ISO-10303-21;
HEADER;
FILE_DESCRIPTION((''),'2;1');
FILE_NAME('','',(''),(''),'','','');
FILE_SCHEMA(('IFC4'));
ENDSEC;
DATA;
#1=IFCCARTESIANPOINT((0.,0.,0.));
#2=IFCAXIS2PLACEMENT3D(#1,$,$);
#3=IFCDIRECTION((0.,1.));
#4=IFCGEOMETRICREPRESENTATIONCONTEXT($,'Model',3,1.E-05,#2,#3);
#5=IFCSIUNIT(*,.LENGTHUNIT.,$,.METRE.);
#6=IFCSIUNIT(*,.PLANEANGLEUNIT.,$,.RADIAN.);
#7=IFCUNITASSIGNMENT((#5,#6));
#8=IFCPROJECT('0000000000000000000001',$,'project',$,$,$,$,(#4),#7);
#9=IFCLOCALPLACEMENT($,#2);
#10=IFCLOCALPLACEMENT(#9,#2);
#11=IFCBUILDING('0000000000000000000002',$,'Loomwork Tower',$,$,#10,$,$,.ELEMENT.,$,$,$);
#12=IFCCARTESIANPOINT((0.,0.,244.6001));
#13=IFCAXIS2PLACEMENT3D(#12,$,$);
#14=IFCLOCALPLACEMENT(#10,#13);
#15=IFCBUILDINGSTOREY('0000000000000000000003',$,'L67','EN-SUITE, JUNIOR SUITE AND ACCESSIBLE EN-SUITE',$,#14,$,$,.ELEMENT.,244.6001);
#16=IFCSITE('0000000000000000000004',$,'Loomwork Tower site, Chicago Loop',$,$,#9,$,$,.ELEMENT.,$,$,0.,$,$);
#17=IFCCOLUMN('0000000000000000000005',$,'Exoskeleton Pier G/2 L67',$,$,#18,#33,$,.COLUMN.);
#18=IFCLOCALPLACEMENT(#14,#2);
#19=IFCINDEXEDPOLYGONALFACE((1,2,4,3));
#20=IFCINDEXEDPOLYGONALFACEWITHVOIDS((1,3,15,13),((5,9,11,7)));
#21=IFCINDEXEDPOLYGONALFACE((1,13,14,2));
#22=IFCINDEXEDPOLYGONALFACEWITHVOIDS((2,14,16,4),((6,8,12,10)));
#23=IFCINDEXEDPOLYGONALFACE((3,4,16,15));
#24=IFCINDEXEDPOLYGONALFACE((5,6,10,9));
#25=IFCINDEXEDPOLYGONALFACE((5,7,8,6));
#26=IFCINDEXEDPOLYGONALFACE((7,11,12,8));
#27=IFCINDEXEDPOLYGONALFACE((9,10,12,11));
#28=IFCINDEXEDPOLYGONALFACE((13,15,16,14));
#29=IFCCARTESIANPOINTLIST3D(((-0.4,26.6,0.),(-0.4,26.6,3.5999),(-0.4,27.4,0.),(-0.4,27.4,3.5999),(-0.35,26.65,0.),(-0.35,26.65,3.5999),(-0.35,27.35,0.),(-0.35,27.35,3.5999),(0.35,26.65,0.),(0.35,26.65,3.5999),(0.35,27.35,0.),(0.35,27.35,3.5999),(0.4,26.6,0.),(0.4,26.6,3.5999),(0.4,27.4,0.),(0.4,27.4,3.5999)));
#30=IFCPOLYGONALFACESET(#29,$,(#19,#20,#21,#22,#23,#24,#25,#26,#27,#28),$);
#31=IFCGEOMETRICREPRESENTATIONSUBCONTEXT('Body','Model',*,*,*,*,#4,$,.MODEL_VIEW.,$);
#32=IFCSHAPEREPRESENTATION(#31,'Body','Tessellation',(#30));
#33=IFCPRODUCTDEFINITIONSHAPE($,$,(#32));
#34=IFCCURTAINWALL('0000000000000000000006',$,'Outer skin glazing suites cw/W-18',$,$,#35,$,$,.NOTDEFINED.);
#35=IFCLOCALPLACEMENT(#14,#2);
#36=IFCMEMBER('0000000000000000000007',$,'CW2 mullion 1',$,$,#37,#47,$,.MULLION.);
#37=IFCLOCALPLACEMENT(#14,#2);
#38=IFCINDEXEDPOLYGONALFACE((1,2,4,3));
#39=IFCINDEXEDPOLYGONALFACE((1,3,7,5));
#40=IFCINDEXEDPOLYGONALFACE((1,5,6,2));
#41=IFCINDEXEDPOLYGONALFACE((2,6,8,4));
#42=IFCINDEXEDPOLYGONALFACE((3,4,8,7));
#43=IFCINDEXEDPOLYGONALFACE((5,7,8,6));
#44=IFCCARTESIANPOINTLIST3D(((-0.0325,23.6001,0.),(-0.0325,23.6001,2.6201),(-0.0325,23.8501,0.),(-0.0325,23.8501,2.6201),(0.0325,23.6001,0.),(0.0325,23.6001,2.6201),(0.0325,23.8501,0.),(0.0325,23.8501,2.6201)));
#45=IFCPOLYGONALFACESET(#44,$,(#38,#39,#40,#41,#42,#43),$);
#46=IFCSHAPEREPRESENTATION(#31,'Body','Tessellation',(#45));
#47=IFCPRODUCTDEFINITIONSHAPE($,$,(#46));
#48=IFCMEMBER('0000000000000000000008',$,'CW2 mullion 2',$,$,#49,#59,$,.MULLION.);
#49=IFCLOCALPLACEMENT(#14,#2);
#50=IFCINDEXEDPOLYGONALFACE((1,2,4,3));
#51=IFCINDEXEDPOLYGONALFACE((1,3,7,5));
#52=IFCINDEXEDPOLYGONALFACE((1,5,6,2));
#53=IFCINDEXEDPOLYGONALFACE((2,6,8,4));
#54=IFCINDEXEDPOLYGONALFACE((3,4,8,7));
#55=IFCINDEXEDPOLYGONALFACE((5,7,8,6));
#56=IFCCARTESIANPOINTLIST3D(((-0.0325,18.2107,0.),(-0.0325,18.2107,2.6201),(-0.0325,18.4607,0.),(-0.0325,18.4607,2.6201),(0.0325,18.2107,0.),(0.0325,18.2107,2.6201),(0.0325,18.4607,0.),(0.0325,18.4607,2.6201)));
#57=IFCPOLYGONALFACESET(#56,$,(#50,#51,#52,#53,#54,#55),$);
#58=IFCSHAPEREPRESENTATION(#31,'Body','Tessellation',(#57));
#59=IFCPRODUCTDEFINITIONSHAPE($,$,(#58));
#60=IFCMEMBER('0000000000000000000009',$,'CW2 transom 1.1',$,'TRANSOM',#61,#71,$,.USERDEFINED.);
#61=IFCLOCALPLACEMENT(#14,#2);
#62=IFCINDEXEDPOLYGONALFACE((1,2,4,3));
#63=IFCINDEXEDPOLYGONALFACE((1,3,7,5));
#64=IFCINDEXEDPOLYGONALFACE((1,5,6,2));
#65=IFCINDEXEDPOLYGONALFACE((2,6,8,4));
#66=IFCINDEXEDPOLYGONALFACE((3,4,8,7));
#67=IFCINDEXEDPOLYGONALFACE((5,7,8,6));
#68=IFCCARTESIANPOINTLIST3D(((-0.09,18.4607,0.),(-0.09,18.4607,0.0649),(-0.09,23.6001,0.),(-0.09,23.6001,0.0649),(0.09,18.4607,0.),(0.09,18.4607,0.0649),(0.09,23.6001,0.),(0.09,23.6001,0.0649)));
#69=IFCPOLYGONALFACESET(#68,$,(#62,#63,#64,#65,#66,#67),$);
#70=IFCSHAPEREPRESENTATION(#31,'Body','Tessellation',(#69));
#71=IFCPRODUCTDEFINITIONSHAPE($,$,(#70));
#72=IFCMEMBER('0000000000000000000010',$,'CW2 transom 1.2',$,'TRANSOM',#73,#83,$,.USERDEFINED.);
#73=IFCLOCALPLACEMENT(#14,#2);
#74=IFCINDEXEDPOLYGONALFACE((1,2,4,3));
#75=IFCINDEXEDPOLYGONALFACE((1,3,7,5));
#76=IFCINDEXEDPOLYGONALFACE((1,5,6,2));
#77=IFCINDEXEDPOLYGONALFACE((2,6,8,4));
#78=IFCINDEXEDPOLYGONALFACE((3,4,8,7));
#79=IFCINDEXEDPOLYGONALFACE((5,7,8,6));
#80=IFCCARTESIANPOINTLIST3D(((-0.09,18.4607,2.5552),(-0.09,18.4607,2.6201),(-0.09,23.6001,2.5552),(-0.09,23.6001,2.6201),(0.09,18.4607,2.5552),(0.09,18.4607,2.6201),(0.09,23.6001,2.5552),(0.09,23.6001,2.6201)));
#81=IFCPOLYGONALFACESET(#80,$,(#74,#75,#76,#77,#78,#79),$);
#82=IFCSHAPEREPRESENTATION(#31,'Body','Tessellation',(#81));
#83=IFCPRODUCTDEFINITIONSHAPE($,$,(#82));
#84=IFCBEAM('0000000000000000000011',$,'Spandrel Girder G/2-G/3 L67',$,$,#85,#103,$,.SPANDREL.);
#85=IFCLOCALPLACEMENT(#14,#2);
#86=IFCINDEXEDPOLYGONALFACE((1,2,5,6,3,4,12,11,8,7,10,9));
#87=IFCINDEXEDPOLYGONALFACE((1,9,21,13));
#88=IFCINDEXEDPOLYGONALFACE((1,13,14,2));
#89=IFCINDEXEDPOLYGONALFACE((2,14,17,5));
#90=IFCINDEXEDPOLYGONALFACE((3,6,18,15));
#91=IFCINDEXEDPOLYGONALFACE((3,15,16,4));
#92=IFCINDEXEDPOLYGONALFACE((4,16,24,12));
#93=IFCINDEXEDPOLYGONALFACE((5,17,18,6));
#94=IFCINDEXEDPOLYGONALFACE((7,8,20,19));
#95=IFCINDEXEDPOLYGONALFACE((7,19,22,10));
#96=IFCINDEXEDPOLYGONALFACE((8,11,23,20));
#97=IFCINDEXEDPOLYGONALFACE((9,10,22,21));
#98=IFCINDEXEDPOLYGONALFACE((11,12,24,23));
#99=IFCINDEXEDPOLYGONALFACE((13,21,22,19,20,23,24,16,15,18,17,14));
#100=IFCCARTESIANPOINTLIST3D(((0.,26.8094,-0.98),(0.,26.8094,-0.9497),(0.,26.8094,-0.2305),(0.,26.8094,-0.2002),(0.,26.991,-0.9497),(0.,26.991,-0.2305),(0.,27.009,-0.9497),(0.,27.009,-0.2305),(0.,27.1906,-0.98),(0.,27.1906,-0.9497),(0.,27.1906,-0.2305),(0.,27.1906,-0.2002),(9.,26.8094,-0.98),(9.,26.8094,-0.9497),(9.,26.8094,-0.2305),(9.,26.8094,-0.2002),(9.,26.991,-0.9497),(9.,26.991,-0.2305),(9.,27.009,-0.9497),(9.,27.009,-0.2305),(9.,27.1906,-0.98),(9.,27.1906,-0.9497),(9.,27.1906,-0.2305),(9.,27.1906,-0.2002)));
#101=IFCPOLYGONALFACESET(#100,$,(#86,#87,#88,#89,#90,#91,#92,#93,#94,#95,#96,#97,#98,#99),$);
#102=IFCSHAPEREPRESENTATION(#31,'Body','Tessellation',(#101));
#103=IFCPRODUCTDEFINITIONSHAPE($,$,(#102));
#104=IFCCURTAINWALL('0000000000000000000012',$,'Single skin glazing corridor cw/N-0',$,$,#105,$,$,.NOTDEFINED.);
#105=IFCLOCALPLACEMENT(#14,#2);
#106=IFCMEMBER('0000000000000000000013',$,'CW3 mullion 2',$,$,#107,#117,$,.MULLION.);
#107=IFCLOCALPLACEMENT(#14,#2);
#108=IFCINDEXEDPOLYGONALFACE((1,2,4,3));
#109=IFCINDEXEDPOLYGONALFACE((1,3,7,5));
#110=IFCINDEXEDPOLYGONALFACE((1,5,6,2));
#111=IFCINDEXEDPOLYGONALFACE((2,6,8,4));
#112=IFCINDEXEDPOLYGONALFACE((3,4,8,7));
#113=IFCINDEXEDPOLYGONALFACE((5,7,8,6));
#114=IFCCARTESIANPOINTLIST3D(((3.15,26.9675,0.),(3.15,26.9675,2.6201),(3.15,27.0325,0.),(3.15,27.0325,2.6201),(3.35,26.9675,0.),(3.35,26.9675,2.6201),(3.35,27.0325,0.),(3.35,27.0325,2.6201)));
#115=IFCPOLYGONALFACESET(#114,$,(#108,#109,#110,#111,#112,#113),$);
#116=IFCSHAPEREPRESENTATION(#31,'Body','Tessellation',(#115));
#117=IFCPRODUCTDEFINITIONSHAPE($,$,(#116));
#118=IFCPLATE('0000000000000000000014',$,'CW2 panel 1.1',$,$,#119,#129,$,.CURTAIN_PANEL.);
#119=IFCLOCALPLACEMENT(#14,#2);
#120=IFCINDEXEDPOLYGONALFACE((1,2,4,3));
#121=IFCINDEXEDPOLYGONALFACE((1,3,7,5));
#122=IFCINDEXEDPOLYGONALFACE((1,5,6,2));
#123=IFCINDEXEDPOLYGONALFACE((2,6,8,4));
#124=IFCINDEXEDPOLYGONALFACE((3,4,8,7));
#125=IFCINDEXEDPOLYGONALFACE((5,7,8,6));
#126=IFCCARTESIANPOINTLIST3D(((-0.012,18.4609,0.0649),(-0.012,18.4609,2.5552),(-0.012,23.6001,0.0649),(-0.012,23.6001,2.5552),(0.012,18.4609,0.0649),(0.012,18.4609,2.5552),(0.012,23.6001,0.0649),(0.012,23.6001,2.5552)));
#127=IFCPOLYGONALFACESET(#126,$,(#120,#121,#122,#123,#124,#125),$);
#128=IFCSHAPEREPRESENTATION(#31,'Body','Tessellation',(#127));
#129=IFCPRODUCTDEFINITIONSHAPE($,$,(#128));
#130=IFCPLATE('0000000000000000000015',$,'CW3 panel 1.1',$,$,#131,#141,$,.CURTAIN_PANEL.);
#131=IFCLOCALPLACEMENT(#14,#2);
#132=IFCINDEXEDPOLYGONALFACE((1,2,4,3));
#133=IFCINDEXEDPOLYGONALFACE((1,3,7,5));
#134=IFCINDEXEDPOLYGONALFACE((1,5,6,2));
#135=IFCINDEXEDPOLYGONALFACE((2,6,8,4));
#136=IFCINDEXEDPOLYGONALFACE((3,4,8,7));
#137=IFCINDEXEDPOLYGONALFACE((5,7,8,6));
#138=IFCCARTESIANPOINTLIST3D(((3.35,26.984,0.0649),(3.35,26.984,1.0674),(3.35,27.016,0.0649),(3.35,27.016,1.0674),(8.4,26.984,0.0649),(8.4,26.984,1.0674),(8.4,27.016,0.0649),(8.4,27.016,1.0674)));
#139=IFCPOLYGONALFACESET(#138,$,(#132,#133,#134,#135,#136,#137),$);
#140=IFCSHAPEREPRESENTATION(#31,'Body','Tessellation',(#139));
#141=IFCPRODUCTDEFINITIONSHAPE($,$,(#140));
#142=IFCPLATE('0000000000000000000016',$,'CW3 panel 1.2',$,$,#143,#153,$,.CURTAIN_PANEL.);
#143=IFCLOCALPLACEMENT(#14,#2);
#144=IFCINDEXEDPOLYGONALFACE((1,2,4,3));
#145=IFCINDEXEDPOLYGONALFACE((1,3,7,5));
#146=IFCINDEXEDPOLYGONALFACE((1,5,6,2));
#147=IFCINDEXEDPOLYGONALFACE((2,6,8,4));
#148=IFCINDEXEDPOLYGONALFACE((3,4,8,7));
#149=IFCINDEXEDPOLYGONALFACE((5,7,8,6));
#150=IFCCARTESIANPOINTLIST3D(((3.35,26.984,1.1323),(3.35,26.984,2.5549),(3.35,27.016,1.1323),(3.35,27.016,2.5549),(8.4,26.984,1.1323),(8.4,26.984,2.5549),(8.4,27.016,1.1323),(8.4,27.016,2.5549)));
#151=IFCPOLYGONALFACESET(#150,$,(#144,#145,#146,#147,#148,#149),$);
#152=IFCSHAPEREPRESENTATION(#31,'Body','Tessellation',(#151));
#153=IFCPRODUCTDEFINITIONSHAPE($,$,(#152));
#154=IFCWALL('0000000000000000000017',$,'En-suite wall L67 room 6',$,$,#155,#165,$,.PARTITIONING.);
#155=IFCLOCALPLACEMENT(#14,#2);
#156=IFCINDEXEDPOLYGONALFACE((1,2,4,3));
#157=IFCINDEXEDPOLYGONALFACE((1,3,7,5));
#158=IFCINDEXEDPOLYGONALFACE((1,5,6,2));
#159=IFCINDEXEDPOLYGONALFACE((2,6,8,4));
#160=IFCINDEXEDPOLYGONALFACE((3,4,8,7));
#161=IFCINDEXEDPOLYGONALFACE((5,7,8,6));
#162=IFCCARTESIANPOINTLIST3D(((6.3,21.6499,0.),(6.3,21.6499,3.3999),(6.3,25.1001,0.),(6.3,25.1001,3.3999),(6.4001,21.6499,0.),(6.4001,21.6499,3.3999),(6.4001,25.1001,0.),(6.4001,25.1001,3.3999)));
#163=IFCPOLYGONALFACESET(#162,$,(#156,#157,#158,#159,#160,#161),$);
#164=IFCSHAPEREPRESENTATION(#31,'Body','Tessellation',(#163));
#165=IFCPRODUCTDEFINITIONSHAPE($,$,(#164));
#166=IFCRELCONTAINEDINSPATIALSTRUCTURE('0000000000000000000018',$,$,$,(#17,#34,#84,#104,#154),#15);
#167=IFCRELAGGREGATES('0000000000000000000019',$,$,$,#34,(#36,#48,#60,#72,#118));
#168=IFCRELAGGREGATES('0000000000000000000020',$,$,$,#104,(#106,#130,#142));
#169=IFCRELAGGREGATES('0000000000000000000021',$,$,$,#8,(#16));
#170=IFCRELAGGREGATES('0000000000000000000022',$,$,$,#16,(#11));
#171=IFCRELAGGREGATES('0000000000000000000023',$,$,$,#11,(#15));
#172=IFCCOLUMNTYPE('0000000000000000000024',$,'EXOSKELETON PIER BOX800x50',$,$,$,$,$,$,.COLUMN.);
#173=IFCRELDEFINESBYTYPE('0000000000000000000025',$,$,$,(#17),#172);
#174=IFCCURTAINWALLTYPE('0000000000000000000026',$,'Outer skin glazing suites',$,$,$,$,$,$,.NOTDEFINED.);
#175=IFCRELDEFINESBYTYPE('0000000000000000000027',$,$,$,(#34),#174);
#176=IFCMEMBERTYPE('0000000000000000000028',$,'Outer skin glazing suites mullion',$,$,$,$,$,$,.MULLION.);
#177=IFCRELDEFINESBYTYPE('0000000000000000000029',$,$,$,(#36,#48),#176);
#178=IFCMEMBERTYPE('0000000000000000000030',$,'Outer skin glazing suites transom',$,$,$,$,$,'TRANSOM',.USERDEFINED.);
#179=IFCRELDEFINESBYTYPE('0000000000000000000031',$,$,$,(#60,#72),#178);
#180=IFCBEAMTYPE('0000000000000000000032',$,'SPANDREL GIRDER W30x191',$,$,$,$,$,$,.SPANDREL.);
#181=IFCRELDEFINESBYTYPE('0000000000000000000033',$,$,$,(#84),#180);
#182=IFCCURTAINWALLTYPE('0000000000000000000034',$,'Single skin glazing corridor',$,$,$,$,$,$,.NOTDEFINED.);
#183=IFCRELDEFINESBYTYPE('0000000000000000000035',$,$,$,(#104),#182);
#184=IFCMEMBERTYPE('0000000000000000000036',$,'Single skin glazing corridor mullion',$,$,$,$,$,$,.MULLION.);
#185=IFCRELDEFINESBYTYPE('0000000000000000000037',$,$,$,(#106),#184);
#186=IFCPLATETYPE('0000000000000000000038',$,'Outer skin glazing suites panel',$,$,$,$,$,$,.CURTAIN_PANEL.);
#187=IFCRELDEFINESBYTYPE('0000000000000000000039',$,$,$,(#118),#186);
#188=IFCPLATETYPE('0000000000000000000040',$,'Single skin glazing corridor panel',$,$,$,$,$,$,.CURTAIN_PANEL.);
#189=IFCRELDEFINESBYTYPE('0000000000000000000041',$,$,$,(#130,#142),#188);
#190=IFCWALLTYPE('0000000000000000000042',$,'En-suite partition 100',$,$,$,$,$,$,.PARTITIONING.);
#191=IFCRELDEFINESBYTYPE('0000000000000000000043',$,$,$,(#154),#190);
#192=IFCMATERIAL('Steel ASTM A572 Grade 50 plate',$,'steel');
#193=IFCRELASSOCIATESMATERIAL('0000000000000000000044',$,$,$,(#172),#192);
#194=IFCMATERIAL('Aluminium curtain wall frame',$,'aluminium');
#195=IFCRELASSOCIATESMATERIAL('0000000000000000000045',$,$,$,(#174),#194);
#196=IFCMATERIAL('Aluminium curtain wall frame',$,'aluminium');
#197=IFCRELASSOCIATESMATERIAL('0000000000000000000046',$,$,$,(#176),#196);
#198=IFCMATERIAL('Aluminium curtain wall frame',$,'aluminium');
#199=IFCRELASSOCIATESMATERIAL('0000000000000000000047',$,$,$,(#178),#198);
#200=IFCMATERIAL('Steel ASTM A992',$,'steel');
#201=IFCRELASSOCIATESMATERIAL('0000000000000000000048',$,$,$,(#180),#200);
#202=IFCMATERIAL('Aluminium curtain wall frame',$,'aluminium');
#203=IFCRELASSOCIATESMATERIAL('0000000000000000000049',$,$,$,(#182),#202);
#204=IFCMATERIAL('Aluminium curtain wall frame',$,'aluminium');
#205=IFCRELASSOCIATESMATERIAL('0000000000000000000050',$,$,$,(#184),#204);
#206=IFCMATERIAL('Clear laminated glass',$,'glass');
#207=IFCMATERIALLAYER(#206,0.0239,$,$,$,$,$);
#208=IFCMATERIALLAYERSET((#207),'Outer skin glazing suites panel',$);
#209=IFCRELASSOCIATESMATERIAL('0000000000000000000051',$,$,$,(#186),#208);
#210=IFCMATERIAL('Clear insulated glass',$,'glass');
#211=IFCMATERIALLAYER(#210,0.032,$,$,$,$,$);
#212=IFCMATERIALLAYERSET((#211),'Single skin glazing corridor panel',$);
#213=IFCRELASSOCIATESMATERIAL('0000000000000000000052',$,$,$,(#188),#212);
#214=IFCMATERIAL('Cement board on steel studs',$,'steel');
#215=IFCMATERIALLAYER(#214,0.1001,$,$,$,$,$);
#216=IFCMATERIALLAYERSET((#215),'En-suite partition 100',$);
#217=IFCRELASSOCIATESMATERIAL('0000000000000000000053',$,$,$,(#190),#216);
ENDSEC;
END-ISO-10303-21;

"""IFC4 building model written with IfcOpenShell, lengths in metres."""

from ifc_helpers import new_model, si_unit, direction, frame, frame_2d, origin, origin_2d, place, context, subcontext, project, spatial, rectangle, hollow_rectangle, i_section, extrude, material, layer, layer_set, material_profile, profile_set, type_object, element, aggregate, save


model = new_model("IFC4")

# Units and contexts
model_context = context("Model", 3, precision=1e-05, world=origin(), true_north=direction((0.0, 1.0)))
body_context = subcontext(model_context, "Body", "Model", "MODEL_VIEW")
ifc_project = project(units=[si_unit("LENGTHUNIT", "METRE"), si_unit("PLANEANGLEUNIT", "RADIAN")], contexts=[model_context])

# Site, building, storey
site_placement = place(None, origin())
site = spatial("IfcSite", under=ifc_project, at=site_placement, Name="Loomwork Tower site, Chicago Loop", CompositionType="ELEMENT", RefElevation=0.0)
building_placement = place(site_placement, origin())
building = spatial("IfcBuilding", under=site, at=building_placement, Name="Loomwork Tower", CompositionType="ELEMENT")
storey_placement = place(building_placement, frame((0.0, 0.0, 244.6001)))
storey = spatial("IfcBuildingStorey", under=building, at=storey_placement, Name="L67", Description="EN-SUITE, JUNIOR SUITE AND ACCESSIBLE EN-SUITE", CompositionType="ELEMENT", Elevation=244.6001)

# Column
ifc_material_1 = material(Name="Steel ASTM A572 Grade 50 plate", Category="steel")
ifc_material_profile_1 = material_profile(ifc_material_1, hollow_rectangle(XDim=0.8, YDim=0.8, WallThickness=0.05, at=origin_2d()), Name="BOX800x50")
ifc_profile_set_1 = profile_set([ifc_material_profile_1], Name="Steel ASTM A572 Grade 50 plate")
column_type = type_object("IfcColumnType", Name="EXOSKELETON PIER BOX800x50", PredefinedType="COLUMN", material=ifc_profile_set_1)
column_placement = place(storey_placement, frame((0.0, 27.0, 0.0), z_axis=(0.0, 0.0, 1.0), x_axis=(0.0, 1.0, 0.0)))
element("IfcColumn", 1, at=column_placement, inside=storey, type_object=column_type, Name="Exoskeleton Pier G/2 L67", PredefinedType="COLUMN", context=body_context, shape_type="SweptSolid", body=[
    extrude(hollow_rectangle(XDim=0.8, YDim=0.8, WallThickness=0.05, at=origin_2d()), origin(), (0.0, 0.0, 1.0), 3.5999),
])

# Curtain wall, members
ifc_material_2 = material(Name="Aluminium curtain wall frame", Category="aluminium")
curtain_wall_type_1 = type_object("IfcCurtainWallType", Name="Outer skin glazing suites", PredefinedType="NOTDEFINED", material=ifc_material_2)
curtain_wall_1_placement = place(storey_placement, origin())
curtain_wall_1 = element("IfcCurtainWall", 2, at=curtain_wall_1_placement, inside=storey, type_object=curtain_wall_type_1, Name="Outer skin glazing suites cw/W-18", PredefinedType="NOTDEFINED")
ifc_material_3 = material(Name="Aluminium curtain wall frame", Category="aluminium")
ifc_material_profile_2 = material_profile(ifc_material_3, rectangle(XDim=0.0649, YDim=0.25, at=origin_2d()), Name="AL 65x250")
ifc_profile_set_2 = profile_set([ifc_material_profile_2], Name="Aluminium curtain wall frame")
member_type_1 = type_object("IfcMemberType", Name="Outer skin glazing suites mullion", PredefinedType="MULLION", material=ifc_profile_set_2)
member_1_placement = place(storey_placement, frame((0.0, 23.7251, 0.0), z_axis=(0.0, 0.0, 1.0), x_axis=(1.0, 0.0, 0.0)))
member_1 = element("IfcMember", 3, at=member_1_placement, type_object=member_type_1, Name="CW2 mullion 1", PredefinedType="MULLION", context=body_context, shape_type="SweptSolid", body=[
    extrude(rectangle(XDim=0.0649, YDim=0.25, at=origin_2d()), origin(), (0.0, 0.0, 1.0), 2.6201),
])
member_2_placement = place(storey_placement, frame((0.0, 18.3357, 0.0), z_axis=(0.0, 0.0, 1.0), x_axis=(1.0, 0.0, 0.0)))
member_2 = element("IfcMember", 4, at=member_2_placement, type_object=member_type_1, Name="CW2 mullion 2", PredefinedType="MULLION", context=body_context, shape_type="SweptSolid", body=[
    extrude(rectangle(XDim=0.0649, YDim=0.25, at=origin_2d()), origin(), (0.0, 0.0, 1.0), 2.6201),
])
ifc_material_4 = material(Name="Aluminium curtain wall frame", Category="aluminium")
ifc_material_profile_3 = material_profile(ifc_material_4, rectangle(XDim=0.1799, YDim=0.0649, at=origin_2d()), Name="AL 65x180")
ifc_profile_set_3 = profile_set([ifc_material_profile_3], Name="Aluminium curtain wall frame")
member_type_2 = type_object("IfcMemberType", Name="Outer skin glazing suites transom", ElementType="TRANSOM", PredefinedType="USERDEFINED", material=ifc_profile_set_3)
member_3_placement = place(storey_placement, frame((0.0, 23.6001, 0.0325), z_axis=(0.0, -1.0, 0.0), x_axis=(1.0, 0.0, 0.0)))
member_3 = element("IfcMember", 5, at=member_3_placement, type_object=member_type_2, Name="CW2 transom 1.1", ObjectType="TRANSOM", PredefinedType="USERDEFINED", context=body_context, shape_type="SweptSolid", body=[
    extrude(rectangle(XDim=0.1799, YDim=0.0649, at=origin_2d()), origin(), (0.0, 0.0, 1.0), 5.1394),
])
member_4_placement = place(storey_placement, frame((0.0, 23.6001, 2.5876), z_axis=(0.0, -1.0, 0.0), x_axis=(1.0, 0.0, 0.0)))
member_4 = element("IfcMember", 6, at=member_4_placement, type_object=member_type_2, Name="CW2 transom 1.2", ObjectType="TRANSOM", PredefinedType="USERDEFINED", context=body_context, shape_type="SweptSolid", body=[
    extrude(rectangle(XDim=0.1799, YDim=0.0649, at=origin_2d()), origin(), (0.0, 0.0, 1.0), 5.1394),
])

# Beam
ifc_material_5 = material(Name="Steel ASTM A992", Category="steel")
ifc_material_profile_4 = material_profile(ifc_material_5, i_section(OverallWidth=0.3811, OverallDepth=0.7798, WebThickness=0.0181, FlangeThickness=0.0303, at=origin_2d()), Name="W30x191")
ifc_profile_set_4 = profile_set([ifc_material_profile_4], Name="Steel ASTM A992")
beam_type = type_object("IfcBeamType", Name="SPANDREL GIRDER W30x191", PredefinedType="SPANDREL", material=ifc_profile_set_4)
beam_placement = place(storey_placement, frame((0.0, 27.0, -0.5901), z_axis=(1.0, 0.0, 0.0), x_axis=(0.0, 1.0, 0.0)))
element("IfcBeam", 7, at=beam_placement, inside=storey, type_object=beam_type, Name="Spandrel Girder G/2-G/3 L67", PredefinedType="SPANDREL", context=body_context, shape_type="SweptSolid", body=[
    extrude(i_section(OverallWidth=0.3811, OverallDepth=0.7798, WebThickness=0.0181, FlangeThickness=0.0303, at=origin_2d()), origin(), (0.0, 0.0, 1.0), 9.0),
])

# Curtain wall, member
ifc_material_6 = material(Name="Aluminium curtain wall frame", Category="aluminium")
curtain_wall_type_2 = type_object("IfcCurtainWallType", Name="Single skin glazing corridor", PredefinedType="NOTDEFINED", material=ifc_material_6)
curtain_wall_2_placement = place(storey_placement, origin())
curtain_wall_2 = element("IfcCurtainWall", 8, at=curtain_wall_2_placement, inside=storey, type_object=curtain_wall_type_2, Name="Single skin glazing corridor cw/N-0", PredefinedType="NOTDEFINED")
ifc_material_7 = material(Name="Aluminium curtain wall frame", Category="aluminium")
ifc_material_profile_5 = material_profile(ifc_material_7, rectangle(XDim=0.0649, YDim=0.2, at=origin_2d()), Name="AL 65x200")
ifc_profile_set_5 = profile_set([ifc_material_profile_5], Name="Aluminium curtain wall frame")
member_type_3 = type_object("IfcMemberType", Name="Single skin glazing corridor mullion", PredefinedType="MULLION", material=ifc_profile_set_5)
member_5_placement = place(storey_placement, frame((3.25, 27.0, 0.0), z_axis=(0.0, 0.0, 1.0), x_axis=(0.0, -1.0, 0.0)))
member_5 = element("IfcMember", 9, at=member_5_placement, type_object=member_type_3, Name="CW3 mullion 2", PredefinedType="MULLION", context=body_context, shape_type="SweptSolid", body=[
    extrude(rectangle(XDim=0.0649, YDim=0.2, at=origin_2d()), origin(), (0.0, 0.0, 1.0), 2.6201),
])

# Plates
ifc_material_8 = material(Name="Clear laminated glass", Category="glass")
ifc_layer_1 = layer(ifc_material_8, 0.0239)
ifc_layer_set_1 = layer_set([ifc_layer_1], Name="Outer skin glazing suites panel")
plate_type_1 = type_object("IfcPlateType", Name="Outer skin glazing suites panel", PredefinedType="CURTAIN_PANEL", material=ifc_layer_set_1)
plate_1_placement = place(storey_placement, frame((0.0, 21.0305, 0.0649), z_axis=(0.0, 0.0, 1.0), x_axis=(0.0, -1.0, 0.0)))
plate_1 = element("IfcPlate", 10, at=plate_1_placement, type_object=plate_type_1, Name="CW2 panel 1.1", PredefinedType="CURTAIN_PANEL", context=body_context, shape_type="SweptSolid", body=[
    extrude(rectangle(XDim=5.1392, YDim=0.0239, at=origin_2d()), origin(), (0.0, 0.0, 1.0), 2.4902),
])
aggregate(curtain_wall_1, [member_1, member_2, member_3, member_4, plate_1])
ifc_material_9 = material(Name="Clear insulated glass", Category="glass")
ifc_layer_2 = layer(ifc_material_9, 0.032)
ifc_layer_set_2 = layer_set([ifc_layer_2], Name="Single skin glazing corridor panel")
plate_type_2 = type_object("IfcPlateType", Name="Single skin glazing corridor panel", PredefinedType="CURTAIN_PANEL", material=ifc_layer_set_2)
plate_2_placement = place(storey_placement, frame((5.875, 27.0, 0.0649), z_axis=(0.0, 0.0, 1.0), x_axis=(-1.0, 0.0, 0.0)))
plate_2 = element("IfcPlate", 11, at=plate_2_placement, type_object=plate_type_2, Name="CW3 panel 1.1", PredefinedType="CURTAIN_PANEL", context=body_context, shape_type="SweptSolid", body=[
    extrude(rectangle(XDim=5.05, YDim=0.032, at=origin_2d()), origin(), (0.0, 0.0, 1.0), 1.0024),
])
plate_3_placement = place(storey_placement, frame((5.875, 27.0, 1.1323), z_axis=(0.0, 0.0, 1.0), x_axis=(-1.0, 0.0, 0.0)))
plate_3 = element("IfcPlate", 12, at=plate_3_placement, type_object=plate_type_2, Name="CW3 panel 1.2", PredefinedType="CURTAIN_PANEL", context=body_context, shape_type="SweptSolid", body=[
    extrude(rectangle(XDim=5.05, YDim=0.032, at=origin_2d()), origin(), (0.0, 0.0, 1.0), 1.4226),
])
aggregate(curtain_wall_2, [member_5, plate_2, plate_3])

# Wall
ifc_material_10 = material(Name="Cement board on steel studs", Category="steel")
ifc_layer_3 = layer(ifc_material_10, 0.1001)
ifc_layer_set_3 = layer_set([ifc_layer_3], Name="En-suite partition 100")
wall_type_1 = type_object("IfcWallType", Name="En-suite partition 100", PredefinedType="PARTITIONING", material=ifc_layer_set_3)
wall_1_placement = place(storey_placement, frame((6.3501, 21.6499, 0.0), z_axis=(0.0, 0.0, 1.0), x_axis=(0.0, 1.0, 0.0)))
element("IfcWall", 13, at=wall_1_placement, inside=storey, type_object=wall_type_1, Name="En-suite wall L67 room 6", PredefinedType="PARTITIONING", context=body_context, shape_type="SweptSolid", body=[
    extrude(rectangle(XDim=3.4502, YDim=0.1001, at=frame_2d((1.7251, 0.0))), origin(), (0.0, 0.0, 1.0), 3.3999),
])

save(model, "model.ifc")
